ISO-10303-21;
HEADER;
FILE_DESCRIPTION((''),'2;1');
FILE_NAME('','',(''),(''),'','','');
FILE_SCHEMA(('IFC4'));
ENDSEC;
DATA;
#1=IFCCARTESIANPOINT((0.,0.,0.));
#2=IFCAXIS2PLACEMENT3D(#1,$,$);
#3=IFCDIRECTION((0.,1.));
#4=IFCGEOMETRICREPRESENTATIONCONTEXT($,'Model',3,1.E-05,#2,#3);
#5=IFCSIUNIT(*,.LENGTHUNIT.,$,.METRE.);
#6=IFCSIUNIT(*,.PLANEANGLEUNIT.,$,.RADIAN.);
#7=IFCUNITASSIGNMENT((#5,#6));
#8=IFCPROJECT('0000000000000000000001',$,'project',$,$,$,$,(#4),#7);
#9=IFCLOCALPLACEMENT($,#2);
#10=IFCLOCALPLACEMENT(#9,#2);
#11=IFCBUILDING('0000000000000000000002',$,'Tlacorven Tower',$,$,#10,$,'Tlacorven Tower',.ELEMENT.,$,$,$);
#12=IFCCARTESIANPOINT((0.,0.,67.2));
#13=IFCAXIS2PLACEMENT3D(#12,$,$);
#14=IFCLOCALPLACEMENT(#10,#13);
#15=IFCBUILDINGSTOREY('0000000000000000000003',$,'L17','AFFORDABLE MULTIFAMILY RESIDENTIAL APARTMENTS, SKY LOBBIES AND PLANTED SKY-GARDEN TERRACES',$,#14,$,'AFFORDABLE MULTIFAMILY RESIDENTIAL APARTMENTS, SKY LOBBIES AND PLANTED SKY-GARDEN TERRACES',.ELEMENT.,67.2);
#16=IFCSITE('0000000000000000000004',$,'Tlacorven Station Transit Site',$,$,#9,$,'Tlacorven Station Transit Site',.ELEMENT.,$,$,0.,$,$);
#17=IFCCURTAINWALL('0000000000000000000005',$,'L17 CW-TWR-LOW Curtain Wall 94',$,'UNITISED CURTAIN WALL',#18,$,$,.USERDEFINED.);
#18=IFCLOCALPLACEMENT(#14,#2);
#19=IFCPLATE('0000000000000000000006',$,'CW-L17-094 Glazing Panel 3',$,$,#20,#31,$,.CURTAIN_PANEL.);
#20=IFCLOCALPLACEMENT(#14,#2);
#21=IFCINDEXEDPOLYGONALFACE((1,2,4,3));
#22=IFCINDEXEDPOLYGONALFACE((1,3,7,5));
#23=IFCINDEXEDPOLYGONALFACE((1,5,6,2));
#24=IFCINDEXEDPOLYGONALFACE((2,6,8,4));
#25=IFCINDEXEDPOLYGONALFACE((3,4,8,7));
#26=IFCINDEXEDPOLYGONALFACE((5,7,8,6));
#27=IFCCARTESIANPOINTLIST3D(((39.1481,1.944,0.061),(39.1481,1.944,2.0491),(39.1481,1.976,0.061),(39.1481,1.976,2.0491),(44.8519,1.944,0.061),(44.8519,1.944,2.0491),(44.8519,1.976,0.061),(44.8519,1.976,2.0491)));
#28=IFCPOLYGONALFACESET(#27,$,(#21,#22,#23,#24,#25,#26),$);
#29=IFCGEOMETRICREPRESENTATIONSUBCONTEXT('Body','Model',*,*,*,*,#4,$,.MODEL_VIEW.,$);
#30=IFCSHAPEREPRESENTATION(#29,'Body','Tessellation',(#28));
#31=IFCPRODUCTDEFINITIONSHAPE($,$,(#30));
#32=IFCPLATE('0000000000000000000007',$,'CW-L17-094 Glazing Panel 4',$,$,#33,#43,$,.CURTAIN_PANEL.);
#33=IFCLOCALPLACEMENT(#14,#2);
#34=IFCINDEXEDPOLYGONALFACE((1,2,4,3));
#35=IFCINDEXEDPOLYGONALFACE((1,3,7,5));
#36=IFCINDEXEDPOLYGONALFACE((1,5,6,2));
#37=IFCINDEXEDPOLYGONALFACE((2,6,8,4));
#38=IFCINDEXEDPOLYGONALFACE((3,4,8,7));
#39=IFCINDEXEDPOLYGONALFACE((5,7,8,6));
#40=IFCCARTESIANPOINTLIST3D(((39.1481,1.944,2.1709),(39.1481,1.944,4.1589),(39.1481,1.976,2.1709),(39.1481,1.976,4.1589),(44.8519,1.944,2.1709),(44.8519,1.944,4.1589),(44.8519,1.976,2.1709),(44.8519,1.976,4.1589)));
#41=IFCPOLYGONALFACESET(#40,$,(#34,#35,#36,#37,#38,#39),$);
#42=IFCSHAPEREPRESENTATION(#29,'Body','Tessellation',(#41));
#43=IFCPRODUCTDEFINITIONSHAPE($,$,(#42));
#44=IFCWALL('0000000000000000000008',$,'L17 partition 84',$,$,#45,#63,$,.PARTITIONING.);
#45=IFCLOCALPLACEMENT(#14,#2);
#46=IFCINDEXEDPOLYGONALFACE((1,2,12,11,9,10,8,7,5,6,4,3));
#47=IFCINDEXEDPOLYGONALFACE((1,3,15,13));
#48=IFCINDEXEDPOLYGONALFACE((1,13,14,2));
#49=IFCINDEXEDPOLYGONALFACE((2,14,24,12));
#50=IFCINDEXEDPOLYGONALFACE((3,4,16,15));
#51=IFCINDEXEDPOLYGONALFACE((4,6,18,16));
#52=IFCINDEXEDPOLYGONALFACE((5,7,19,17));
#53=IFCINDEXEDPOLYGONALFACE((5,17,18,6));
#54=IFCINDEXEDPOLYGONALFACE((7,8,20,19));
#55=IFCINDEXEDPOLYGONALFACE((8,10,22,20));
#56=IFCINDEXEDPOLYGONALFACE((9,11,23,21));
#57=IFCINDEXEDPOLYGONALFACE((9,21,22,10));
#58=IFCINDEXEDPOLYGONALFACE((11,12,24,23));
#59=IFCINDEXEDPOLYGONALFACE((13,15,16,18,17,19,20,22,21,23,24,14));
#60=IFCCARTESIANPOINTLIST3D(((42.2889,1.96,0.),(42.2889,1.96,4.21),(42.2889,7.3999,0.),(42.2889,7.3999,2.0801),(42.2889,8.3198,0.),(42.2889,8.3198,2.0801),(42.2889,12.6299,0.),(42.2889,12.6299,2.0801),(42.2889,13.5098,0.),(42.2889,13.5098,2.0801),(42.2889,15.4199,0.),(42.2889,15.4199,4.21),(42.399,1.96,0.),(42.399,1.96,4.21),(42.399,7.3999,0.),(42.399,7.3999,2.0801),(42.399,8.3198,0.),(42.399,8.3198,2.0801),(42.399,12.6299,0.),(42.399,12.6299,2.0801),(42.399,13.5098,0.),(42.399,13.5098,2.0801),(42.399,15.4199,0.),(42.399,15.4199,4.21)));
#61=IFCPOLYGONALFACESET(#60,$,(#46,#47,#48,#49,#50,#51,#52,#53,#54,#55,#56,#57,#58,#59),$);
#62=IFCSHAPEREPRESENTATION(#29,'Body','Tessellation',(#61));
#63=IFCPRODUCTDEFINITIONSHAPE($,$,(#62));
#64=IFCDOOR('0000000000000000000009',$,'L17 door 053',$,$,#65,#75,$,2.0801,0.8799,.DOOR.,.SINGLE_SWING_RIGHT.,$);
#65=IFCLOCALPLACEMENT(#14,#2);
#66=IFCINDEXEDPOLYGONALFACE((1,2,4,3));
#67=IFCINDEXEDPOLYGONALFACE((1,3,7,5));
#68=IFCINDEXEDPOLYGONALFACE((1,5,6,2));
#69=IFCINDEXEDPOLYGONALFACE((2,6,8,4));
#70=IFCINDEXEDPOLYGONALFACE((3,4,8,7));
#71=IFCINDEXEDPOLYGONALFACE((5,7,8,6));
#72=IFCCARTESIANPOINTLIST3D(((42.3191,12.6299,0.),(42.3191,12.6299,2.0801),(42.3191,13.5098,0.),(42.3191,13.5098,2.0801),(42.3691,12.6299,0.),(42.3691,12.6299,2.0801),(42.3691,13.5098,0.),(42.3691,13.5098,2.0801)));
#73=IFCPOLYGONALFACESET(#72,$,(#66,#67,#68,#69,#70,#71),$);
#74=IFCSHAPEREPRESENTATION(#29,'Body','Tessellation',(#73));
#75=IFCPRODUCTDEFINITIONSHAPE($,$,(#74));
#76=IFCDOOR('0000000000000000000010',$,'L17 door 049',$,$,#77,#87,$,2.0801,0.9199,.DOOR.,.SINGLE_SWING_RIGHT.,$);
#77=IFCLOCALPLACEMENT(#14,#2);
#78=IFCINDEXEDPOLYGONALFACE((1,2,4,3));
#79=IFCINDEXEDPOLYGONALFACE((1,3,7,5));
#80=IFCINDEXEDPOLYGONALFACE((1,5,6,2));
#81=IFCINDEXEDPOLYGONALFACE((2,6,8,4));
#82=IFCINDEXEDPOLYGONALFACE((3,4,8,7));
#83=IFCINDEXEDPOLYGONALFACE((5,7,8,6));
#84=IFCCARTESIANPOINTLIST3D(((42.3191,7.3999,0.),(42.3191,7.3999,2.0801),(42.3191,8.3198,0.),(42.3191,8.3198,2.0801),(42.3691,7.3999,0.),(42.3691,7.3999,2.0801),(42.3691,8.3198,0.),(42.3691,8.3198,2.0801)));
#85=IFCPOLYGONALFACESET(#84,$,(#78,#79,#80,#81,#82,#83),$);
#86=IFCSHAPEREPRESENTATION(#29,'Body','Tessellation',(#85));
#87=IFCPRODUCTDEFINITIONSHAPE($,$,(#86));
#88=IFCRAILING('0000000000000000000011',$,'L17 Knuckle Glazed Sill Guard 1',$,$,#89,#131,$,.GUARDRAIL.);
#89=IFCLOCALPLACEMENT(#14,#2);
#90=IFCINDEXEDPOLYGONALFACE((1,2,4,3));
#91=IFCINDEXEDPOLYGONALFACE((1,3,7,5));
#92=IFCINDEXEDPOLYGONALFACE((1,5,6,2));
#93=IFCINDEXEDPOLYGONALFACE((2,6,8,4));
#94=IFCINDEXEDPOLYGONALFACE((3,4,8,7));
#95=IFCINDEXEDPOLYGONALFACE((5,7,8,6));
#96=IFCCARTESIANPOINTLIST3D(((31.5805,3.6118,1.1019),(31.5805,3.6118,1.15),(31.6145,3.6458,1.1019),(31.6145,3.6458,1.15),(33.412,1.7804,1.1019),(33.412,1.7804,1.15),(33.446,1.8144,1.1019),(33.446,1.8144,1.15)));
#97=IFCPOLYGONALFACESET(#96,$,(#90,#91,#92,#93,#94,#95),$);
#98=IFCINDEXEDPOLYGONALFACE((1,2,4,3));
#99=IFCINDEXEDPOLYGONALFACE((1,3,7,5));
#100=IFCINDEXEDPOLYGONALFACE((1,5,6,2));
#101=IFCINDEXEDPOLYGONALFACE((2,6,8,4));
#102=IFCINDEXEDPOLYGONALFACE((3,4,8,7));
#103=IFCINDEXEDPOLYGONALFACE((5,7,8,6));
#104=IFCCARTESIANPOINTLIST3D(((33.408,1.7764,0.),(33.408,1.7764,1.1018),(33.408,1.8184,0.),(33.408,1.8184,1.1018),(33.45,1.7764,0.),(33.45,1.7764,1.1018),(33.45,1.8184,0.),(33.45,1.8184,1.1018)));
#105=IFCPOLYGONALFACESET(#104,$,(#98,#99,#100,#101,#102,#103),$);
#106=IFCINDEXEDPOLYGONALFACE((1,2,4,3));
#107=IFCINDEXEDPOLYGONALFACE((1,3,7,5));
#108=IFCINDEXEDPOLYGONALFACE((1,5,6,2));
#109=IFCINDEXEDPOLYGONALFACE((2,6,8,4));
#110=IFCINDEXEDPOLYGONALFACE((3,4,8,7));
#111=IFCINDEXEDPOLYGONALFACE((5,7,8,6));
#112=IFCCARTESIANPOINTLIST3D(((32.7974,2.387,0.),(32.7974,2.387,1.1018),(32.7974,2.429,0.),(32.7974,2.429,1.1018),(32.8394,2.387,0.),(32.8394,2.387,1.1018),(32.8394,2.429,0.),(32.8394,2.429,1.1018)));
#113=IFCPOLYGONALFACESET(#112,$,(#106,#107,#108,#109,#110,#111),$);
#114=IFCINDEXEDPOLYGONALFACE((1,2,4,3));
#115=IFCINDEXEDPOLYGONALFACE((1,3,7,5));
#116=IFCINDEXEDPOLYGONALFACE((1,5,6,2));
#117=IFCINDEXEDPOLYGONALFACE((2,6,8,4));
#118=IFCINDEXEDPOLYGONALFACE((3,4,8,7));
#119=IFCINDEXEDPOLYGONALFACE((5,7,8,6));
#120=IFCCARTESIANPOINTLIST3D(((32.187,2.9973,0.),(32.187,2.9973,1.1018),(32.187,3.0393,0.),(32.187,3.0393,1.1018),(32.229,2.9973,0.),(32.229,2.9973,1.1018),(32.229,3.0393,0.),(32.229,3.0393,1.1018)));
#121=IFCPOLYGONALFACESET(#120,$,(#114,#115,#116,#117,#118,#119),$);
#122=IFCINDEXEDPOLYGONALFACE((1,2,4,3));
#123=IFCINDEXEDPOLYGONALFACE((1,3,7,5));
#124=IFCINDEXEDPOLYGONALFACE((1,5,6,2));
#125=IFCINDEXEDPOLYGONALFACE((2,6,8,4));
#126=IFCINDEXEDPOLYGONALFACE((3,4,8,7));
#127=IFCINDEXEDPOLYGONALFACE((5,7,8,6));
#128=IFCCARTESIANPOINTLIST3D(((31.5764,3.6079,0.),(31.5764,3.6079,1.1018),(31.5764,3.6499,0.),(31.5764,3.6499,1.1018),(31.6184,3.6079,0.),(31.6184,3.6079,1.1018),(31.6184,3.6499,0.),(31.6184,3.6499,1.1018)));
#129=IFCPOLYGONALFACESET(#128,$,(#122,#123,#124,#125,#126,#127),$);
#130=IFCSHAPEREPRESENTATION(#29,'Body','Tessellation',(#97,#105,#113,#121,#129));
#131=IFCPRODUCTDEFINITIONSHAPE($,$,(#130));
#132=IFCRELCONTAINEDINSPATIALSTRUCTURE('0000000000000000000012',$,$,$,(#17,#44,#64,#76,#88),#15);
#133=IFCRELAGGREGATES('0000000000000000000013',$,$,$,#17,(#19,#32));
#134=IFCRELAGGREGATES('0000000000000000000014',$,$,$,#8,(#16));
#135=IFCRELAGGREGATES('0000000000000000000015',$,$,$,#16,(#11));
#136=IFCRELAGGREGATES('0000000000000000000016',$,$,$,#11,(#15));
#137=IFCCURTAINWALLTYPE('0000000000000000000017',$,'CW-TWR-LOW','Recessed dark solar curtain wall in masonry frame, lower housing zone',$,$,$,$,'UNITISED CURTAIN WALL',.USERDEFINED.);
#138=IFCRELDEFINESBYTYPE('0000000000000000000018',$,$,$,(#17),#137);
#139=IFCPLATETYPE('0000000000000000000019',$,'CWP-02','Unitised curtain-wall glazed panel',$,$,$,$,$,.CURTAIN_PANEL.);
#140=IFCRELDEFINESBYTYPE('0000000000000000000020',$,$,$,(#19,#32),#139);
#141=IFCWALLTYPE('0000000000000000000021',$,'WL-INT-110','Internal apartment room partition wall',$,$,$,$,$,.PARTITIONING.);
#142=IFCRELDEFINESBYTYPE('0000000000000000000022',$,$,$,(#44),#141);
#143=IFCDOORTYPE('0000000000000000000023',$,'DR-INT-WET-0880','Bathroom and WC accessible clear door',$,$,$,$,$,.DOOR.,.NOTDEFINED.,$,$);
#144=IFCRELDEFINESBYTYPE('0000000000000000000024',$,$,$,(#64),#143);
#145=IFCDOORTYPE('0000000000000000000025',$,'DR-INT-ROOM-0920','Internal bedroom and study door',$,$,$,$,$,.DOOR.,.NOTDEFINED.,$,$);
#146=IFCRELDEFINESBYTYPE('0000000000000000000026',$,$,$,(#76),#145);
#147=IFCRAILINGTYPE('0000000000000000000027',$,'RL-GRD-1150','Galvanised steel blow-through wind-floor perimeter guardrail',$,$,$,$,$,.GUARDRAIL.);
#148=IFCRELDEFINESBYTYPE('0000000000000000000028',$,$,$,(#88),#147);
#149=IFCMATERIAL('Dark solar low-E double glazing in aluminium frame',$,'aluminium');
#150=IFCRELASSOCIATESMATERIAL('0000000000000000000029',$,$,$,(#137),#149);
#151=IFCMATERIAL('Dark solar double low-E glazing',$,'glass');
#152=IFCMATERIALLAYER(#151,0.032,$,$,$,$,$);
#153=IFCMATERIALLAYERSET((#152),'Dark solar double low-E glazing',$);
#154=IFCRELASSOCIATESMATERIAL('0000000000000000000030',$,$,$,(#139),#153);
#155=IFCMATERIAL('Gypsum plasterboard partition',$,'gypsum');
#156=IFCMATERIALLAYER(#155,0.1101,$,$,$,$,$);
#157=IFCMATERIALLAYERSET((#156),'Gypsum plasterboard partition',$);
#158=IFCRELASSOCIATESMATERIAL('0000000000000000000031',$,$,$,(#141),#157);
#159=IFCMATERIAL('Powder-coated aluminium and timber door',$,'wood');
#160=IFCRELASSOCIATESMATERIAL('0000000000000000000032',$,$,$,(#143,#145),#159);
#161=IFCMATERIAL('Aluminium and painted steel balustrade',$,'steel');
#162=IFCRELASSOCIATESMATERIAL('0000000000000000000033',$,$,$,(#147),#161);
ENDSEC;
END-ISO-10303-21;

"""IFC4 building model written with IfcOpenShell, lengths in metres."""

from ifc_helpers import new_model, si_unit, direction, frame, frame_2d, origin, origin_2d, place, context, subcontext, project, spatial, rectangle, extrude, source, transform, mapped, material, layer, layer_set, type_object, element, fill, aggregate, save


model = new_model("IFC4")

# Units and contexts
model_context = context("Model", 3, precision=1e-05, world=origin(), true_north=direction((0.0, 1.0)))
body_context = subcontext(model_context, "Body", "Model", "MODEL_VIEW")
ifc_project = project(units=[si_unit("LENGTHUNIT", "METRE"), si_unit("PLANEANGLEUNIT", "RADIAN")], contexts=[model_context])

# Site, building, storey
site_placement = place(None, origin())
site = spatial("IfcSite", under=ifc_project, at=site_placement, Name="Tlacorven Station Transit Site", LongName="Tlacorven Station Transit Site", CompositionType="ELEMENT", RefElevation=0.0)
building_placement = place(site_placement, origin())
building = spatial("IfcBuilding", under=site, at=building_placement, Name="Tlacorven Tower", LongName="Tlacorven Tower", CompositionType="ELEMENT")
storey_placement = place(building_placement, frame((0.0, 0.0, 67.2)))
storey = spatial("IfcBuildingStorey", under=building, at=storey_placement, Name="L17", Description="AFFORDABLE MULTIFAMILY RESIDENTIAL APARTMENTS, SKY LOBBIES AND PLANTED SKY-GARDEN TERRACES", LongName="AFFORDABLE MULTIFAMILY RESIDENTIAL APARTMENTS, SKY LOBBIES AND PLANTED SKY-GARDEN TERRACES", CompositionType="ELEMENT", Elevation=67.2)

# Curtain wall
ifc_material_1 = material(Name="Dark solar low-E double glazing in aluminium frame", Category="aluminium")
curtain_wall_type = type_object("IfcCurtainWallType", Name="CW-TWR-LOW", Description="Recessed dark solar curtain wall in masonry frame, lower housing zone", ElementType="UNITISED CURTAIN WALL", PredefinedType="USERDEFINED", material=ifc_material_1)
curtain_wall_1_placement = place(storey_placement, origin())
curtain_wall_1 = element("IfcCurtainWall", 1, at=curtain_wall_1_placement, inside=storey, type_object=curtain_wall_type, Name="L17 CW-TWR-LOW Curtain Wall 94", ObjectType="UNITISED CURTAIN WALL", PredefinedType="USERDEFINED")

# Plates
ifc_material_2 = material(Name="Dark solar double low-E glazing", Category="glass")
ifc_layer_1 = layer(ifc_material_2, 0.032)
ifc_layer_set_1 = layer_set([ifc_layer_1], Name="Dark solar double low-E glazing")
plate_type = type_object("IfcPlateType", Name="CWP-02", Description="Unitised curtain-wall glazed panel", PredefinedType="CURTAIN_PANEL", material=ifc_layer_set_1)
shared_shape_1 = source(origin(), body_context, "Body", "SweptSolid", [
    extrude(rectangle(XDim=5.7039, YDim=0.032, at=origin_2d()), origin(), (0.0, 0.0, 1.0), 1.988),
])
plate_1_placement = place(storey_placement, frame((42.0, 1.96, 0.061), z_axis=(0.0, 0.0, 1.0), x_axis=(-1.0, 0.0, 0.0)))
plate_1 = element("IfcPlate", 2, at=plate_1_placement, type_object=plate_type, Name="CW-L17-094 Glazing Panel 3", PredefinedType="CURTAIN_PANEL", context=body_context, shape_type="MappedRepresentation", body=[
    mapped(shared_shape_1, transform((0.0, 0.0, 0.0), scale=1.0)),
])
plate_2_placement = place(storey_placement, frame((42.0, 1.96, 2.1709), z_axis=(0.0, 0.0, 1.0), x_axis=(-1.0, 0.0, 0.0)))
plate_2 = element("IfcPlate", 3, at=plate_2_placement, type_object=plate_type, Name="CW-L17-094 Glazing Panel 4", PredefinedType="CURTAIN_PANEL", context=body_context, shape_type="MappedRepresentation", body=[
    mapped(shared_shape_1, transform((0.0, 0.0, 0.0), scale=1.0)),
])
aggregate(curtain_wall_1, [plate_1, plate_2])

# Wall, openings, doors
ifc_material_3 = material(Name="Gypsum plasterboard partition", Category="gypsum")
ifc_layer_2 = layer(ifc_material_3, 0.1101)
ifc_layer_set_2 = layer_set([ifc_layer_2], Name="Gypsum plasterboard partition")
wall_type = type_object("IfcWallType", Name="WL-INT-110", Description="Internal apartment room partition wall", PredefinedType="PARTITIONING", material=ifc_layer_set_2)
wall_placement = place(storey_placement, frame((42.344, 1.96, 0.0), z_axis=(0.0, 0.0, 1.0), x_axis=(0.0, 1.0, 0.0)))
wall = element("IfcWall", 4, at=wall_placement, inside=storey, type_object=wall_type, Name="L17 partition 84", PredefinedType="PARTITIONING", context=body_context, shape_type="SweptSolid", body=[
    extrude(rectangle(XDim=13.46, YDim=0.1101, at=frame_2d((6.73, 0.0))), origin(), (0.0, 0.0, 1.0), 4.21),
])
opening_1_placement = place(wall_placement, frame((5.4399, 0.0, 0.0)))
opening_1 = element("IfcOpeningElement", 5, at=opening_1_placement, cuts=wall, PredefinedType="OPENING", context=body_context, shape_type="SweptSolid", body=[
    extrude(rectangle(XDim=0.9199, YDim=2.0801, at=frame_2d((0.46, 1.04))), frame((0.0, 0.0649, 0.0), z_axis=(0.0, -1.0, 0.0), x_axis=(1.0, 0.0, 0.0)), (0.0, 0.0, 1.0), 0.1301),
])
opening_2_placement = place(wall_placement, frame((10.6699, 0.0, 0.0)))
opening_2 = element("IfcOpeningElement", 6, at=opening_2_placement, cuts=wall, PredefinedType="OPENING", context=body_context, shape_type="SweptSolid", body=[
    extrude(rectangle(XDim=0.8799, YDim=2.0801, at=frame_2d((0.4399, 1.04))), frame((0.0, 0.0649, 0.0), z_axis=(0.0, -1.0, 0.0), x_axis=(1.0, 0.0, 0.0)), (0.0, 0.0, 1.0), 0.1301),
])
ifc_material_4 = material(Name="Powder-coated aluminium and timber door", Category="wood")
door_type_1 = type_object("IfcDoorType", Name="DR-INT-WET-0880", Description="Bathroom and WC accessible clear door", OperationType="NOTDEFINED", PredefinedType="DOOR", material=ifc_material_4)
shared_shape_2 = source(origin(), body_context, "Body", "SweptSolid", [
    extrude(rectangle(XDim=0.8799, YDim=2.0801, at=frame_2d((0.4399, 1.04))), frame((0.0, 0.0249, 0.0), z_axis=(0.0, -1.0, 0.0), x_axis=(1.0, 0.0, 0.0)), (0.0, 0.0, 1.0), 0.05),
])
door_1_placement = place(opening_2_placement, origin())
door_1 = element("IfcDoor", 7, at=door_1_placement, inside=storey, type_object=door_type_1, Name="L17 door 053", OperationType="SINGLE_SWING_RIGHT", OverallHeight=2.0801, OverallWidth=0.8799, PredefinedType="DOOR", context=body_context, shape_type="MappedRepresentation", body=[
    mapped(shared_shape_2, transform((0.0, 0.0, 0.0), scale=1.0)),
])
fill(opening_2, door_1)
door_type_2 = type_object("IfcDoorType", Name="DR-INT-ROOM-0920", Description="Internal bedroom and study door", OperationType="NOTDEFINED", PredefinedType="DOOR", material=ifc_material_4)
shared_shape_3 = source(origin(), body_context, "Body", "SweptSolid", [
    extrude(rectangle(XDim=0.9199, YDim=2.0801, at=frame_2d((0.46, 1.04))), frame((0.0, 0.0249, 0.0), z_axis=(0.0, -1.0, 0.0), x_axis=(1.0, 0.0, 0.0)), (0.0, 0.0, 1.0), 0.05),
])
door_2_placement = place(opening_1_placement, origin())
door_2 = element("IfcDoor", 8, at=door_2_placement, inside=storey, type_object=door_type_2, Name="L17 door 049", OperationType="SINGLE_SWING_RIGHT", OverallHeight=2.0801, OverallWidth=0.9199, PredefinedType="DOOR", context=body_context, shape_type="MappedRepresentation", body=[
    mapped(shared_shape_3, transform((0.0, 0.0, 0.0), scale=1.0)),
])
fill(opening_1, door_2)

# Railing
ifc_material_5 = material(Name="Aluminium and painted steel balustrade", Category="steel")
railing_type = type_object("IfcRailingType", Name="RL-GRD-1150", Description="Galvanised steel blow-through wind-floor perimeter guardrail", PredefinedType="GUARDRAIL", material=ifc_material_5)
shared_shape_4 = source(origin(), body_context, "Body", "SweptSolid", [
    extrude(rectangle(XDim=0.0481, YDim=0.0481, at=origin_2d()), frame((0.0, 0.0, 1.126), z_axis=(-0.707107, 0.707107, 0.0), x_axis=(-0.707107, -0.707107, 0.0)), (0.0, 0.0, 1.0), 2.5901),
    extrude(rectangle(XDim=0.042, YDim=0.042, at=origin_2d()), origin(), (0.0, 0.0, 1.0), 1.1018),
    extrude(rectangle(XDim=0.042, YDim=0.042, at=origin_2d()), frame((-0.6106, 0.6106, 0.0)), (0.0, 0.0, 1.0), 1.1018),
    extrude(rectangle(XDim=0.042, YDim=0.042, at=origin_2d()), frame((-1.2209, 1.2209, 0.0)), (0.0, 0.0, 1.0), 1.1018),
    extrude(rectangle(XDim=0.042, YDim=0.042, at=origin_2d()), frame((-1.8315, 1.8315, 0.0)), (0.0, 0.0, 1.0), 1.1018),
])
railing_placement = place(storey_placement, frame((33.429, 1.7974, 0.0)))
element("IfcRailing", 9, at=railing_placement, inside=storey, type_object=railing_type, Name="L17 Knuckle Glazed Sill Guard 1", PredefinedType="GUARDRAIL", context=body_context, shape_type="MappedRepresentation", body=[
    mapped(shared_shape_4, transform((0.0, 0.0, 0.0), scale=1.0)),
])

save(model, "model.ifc")
